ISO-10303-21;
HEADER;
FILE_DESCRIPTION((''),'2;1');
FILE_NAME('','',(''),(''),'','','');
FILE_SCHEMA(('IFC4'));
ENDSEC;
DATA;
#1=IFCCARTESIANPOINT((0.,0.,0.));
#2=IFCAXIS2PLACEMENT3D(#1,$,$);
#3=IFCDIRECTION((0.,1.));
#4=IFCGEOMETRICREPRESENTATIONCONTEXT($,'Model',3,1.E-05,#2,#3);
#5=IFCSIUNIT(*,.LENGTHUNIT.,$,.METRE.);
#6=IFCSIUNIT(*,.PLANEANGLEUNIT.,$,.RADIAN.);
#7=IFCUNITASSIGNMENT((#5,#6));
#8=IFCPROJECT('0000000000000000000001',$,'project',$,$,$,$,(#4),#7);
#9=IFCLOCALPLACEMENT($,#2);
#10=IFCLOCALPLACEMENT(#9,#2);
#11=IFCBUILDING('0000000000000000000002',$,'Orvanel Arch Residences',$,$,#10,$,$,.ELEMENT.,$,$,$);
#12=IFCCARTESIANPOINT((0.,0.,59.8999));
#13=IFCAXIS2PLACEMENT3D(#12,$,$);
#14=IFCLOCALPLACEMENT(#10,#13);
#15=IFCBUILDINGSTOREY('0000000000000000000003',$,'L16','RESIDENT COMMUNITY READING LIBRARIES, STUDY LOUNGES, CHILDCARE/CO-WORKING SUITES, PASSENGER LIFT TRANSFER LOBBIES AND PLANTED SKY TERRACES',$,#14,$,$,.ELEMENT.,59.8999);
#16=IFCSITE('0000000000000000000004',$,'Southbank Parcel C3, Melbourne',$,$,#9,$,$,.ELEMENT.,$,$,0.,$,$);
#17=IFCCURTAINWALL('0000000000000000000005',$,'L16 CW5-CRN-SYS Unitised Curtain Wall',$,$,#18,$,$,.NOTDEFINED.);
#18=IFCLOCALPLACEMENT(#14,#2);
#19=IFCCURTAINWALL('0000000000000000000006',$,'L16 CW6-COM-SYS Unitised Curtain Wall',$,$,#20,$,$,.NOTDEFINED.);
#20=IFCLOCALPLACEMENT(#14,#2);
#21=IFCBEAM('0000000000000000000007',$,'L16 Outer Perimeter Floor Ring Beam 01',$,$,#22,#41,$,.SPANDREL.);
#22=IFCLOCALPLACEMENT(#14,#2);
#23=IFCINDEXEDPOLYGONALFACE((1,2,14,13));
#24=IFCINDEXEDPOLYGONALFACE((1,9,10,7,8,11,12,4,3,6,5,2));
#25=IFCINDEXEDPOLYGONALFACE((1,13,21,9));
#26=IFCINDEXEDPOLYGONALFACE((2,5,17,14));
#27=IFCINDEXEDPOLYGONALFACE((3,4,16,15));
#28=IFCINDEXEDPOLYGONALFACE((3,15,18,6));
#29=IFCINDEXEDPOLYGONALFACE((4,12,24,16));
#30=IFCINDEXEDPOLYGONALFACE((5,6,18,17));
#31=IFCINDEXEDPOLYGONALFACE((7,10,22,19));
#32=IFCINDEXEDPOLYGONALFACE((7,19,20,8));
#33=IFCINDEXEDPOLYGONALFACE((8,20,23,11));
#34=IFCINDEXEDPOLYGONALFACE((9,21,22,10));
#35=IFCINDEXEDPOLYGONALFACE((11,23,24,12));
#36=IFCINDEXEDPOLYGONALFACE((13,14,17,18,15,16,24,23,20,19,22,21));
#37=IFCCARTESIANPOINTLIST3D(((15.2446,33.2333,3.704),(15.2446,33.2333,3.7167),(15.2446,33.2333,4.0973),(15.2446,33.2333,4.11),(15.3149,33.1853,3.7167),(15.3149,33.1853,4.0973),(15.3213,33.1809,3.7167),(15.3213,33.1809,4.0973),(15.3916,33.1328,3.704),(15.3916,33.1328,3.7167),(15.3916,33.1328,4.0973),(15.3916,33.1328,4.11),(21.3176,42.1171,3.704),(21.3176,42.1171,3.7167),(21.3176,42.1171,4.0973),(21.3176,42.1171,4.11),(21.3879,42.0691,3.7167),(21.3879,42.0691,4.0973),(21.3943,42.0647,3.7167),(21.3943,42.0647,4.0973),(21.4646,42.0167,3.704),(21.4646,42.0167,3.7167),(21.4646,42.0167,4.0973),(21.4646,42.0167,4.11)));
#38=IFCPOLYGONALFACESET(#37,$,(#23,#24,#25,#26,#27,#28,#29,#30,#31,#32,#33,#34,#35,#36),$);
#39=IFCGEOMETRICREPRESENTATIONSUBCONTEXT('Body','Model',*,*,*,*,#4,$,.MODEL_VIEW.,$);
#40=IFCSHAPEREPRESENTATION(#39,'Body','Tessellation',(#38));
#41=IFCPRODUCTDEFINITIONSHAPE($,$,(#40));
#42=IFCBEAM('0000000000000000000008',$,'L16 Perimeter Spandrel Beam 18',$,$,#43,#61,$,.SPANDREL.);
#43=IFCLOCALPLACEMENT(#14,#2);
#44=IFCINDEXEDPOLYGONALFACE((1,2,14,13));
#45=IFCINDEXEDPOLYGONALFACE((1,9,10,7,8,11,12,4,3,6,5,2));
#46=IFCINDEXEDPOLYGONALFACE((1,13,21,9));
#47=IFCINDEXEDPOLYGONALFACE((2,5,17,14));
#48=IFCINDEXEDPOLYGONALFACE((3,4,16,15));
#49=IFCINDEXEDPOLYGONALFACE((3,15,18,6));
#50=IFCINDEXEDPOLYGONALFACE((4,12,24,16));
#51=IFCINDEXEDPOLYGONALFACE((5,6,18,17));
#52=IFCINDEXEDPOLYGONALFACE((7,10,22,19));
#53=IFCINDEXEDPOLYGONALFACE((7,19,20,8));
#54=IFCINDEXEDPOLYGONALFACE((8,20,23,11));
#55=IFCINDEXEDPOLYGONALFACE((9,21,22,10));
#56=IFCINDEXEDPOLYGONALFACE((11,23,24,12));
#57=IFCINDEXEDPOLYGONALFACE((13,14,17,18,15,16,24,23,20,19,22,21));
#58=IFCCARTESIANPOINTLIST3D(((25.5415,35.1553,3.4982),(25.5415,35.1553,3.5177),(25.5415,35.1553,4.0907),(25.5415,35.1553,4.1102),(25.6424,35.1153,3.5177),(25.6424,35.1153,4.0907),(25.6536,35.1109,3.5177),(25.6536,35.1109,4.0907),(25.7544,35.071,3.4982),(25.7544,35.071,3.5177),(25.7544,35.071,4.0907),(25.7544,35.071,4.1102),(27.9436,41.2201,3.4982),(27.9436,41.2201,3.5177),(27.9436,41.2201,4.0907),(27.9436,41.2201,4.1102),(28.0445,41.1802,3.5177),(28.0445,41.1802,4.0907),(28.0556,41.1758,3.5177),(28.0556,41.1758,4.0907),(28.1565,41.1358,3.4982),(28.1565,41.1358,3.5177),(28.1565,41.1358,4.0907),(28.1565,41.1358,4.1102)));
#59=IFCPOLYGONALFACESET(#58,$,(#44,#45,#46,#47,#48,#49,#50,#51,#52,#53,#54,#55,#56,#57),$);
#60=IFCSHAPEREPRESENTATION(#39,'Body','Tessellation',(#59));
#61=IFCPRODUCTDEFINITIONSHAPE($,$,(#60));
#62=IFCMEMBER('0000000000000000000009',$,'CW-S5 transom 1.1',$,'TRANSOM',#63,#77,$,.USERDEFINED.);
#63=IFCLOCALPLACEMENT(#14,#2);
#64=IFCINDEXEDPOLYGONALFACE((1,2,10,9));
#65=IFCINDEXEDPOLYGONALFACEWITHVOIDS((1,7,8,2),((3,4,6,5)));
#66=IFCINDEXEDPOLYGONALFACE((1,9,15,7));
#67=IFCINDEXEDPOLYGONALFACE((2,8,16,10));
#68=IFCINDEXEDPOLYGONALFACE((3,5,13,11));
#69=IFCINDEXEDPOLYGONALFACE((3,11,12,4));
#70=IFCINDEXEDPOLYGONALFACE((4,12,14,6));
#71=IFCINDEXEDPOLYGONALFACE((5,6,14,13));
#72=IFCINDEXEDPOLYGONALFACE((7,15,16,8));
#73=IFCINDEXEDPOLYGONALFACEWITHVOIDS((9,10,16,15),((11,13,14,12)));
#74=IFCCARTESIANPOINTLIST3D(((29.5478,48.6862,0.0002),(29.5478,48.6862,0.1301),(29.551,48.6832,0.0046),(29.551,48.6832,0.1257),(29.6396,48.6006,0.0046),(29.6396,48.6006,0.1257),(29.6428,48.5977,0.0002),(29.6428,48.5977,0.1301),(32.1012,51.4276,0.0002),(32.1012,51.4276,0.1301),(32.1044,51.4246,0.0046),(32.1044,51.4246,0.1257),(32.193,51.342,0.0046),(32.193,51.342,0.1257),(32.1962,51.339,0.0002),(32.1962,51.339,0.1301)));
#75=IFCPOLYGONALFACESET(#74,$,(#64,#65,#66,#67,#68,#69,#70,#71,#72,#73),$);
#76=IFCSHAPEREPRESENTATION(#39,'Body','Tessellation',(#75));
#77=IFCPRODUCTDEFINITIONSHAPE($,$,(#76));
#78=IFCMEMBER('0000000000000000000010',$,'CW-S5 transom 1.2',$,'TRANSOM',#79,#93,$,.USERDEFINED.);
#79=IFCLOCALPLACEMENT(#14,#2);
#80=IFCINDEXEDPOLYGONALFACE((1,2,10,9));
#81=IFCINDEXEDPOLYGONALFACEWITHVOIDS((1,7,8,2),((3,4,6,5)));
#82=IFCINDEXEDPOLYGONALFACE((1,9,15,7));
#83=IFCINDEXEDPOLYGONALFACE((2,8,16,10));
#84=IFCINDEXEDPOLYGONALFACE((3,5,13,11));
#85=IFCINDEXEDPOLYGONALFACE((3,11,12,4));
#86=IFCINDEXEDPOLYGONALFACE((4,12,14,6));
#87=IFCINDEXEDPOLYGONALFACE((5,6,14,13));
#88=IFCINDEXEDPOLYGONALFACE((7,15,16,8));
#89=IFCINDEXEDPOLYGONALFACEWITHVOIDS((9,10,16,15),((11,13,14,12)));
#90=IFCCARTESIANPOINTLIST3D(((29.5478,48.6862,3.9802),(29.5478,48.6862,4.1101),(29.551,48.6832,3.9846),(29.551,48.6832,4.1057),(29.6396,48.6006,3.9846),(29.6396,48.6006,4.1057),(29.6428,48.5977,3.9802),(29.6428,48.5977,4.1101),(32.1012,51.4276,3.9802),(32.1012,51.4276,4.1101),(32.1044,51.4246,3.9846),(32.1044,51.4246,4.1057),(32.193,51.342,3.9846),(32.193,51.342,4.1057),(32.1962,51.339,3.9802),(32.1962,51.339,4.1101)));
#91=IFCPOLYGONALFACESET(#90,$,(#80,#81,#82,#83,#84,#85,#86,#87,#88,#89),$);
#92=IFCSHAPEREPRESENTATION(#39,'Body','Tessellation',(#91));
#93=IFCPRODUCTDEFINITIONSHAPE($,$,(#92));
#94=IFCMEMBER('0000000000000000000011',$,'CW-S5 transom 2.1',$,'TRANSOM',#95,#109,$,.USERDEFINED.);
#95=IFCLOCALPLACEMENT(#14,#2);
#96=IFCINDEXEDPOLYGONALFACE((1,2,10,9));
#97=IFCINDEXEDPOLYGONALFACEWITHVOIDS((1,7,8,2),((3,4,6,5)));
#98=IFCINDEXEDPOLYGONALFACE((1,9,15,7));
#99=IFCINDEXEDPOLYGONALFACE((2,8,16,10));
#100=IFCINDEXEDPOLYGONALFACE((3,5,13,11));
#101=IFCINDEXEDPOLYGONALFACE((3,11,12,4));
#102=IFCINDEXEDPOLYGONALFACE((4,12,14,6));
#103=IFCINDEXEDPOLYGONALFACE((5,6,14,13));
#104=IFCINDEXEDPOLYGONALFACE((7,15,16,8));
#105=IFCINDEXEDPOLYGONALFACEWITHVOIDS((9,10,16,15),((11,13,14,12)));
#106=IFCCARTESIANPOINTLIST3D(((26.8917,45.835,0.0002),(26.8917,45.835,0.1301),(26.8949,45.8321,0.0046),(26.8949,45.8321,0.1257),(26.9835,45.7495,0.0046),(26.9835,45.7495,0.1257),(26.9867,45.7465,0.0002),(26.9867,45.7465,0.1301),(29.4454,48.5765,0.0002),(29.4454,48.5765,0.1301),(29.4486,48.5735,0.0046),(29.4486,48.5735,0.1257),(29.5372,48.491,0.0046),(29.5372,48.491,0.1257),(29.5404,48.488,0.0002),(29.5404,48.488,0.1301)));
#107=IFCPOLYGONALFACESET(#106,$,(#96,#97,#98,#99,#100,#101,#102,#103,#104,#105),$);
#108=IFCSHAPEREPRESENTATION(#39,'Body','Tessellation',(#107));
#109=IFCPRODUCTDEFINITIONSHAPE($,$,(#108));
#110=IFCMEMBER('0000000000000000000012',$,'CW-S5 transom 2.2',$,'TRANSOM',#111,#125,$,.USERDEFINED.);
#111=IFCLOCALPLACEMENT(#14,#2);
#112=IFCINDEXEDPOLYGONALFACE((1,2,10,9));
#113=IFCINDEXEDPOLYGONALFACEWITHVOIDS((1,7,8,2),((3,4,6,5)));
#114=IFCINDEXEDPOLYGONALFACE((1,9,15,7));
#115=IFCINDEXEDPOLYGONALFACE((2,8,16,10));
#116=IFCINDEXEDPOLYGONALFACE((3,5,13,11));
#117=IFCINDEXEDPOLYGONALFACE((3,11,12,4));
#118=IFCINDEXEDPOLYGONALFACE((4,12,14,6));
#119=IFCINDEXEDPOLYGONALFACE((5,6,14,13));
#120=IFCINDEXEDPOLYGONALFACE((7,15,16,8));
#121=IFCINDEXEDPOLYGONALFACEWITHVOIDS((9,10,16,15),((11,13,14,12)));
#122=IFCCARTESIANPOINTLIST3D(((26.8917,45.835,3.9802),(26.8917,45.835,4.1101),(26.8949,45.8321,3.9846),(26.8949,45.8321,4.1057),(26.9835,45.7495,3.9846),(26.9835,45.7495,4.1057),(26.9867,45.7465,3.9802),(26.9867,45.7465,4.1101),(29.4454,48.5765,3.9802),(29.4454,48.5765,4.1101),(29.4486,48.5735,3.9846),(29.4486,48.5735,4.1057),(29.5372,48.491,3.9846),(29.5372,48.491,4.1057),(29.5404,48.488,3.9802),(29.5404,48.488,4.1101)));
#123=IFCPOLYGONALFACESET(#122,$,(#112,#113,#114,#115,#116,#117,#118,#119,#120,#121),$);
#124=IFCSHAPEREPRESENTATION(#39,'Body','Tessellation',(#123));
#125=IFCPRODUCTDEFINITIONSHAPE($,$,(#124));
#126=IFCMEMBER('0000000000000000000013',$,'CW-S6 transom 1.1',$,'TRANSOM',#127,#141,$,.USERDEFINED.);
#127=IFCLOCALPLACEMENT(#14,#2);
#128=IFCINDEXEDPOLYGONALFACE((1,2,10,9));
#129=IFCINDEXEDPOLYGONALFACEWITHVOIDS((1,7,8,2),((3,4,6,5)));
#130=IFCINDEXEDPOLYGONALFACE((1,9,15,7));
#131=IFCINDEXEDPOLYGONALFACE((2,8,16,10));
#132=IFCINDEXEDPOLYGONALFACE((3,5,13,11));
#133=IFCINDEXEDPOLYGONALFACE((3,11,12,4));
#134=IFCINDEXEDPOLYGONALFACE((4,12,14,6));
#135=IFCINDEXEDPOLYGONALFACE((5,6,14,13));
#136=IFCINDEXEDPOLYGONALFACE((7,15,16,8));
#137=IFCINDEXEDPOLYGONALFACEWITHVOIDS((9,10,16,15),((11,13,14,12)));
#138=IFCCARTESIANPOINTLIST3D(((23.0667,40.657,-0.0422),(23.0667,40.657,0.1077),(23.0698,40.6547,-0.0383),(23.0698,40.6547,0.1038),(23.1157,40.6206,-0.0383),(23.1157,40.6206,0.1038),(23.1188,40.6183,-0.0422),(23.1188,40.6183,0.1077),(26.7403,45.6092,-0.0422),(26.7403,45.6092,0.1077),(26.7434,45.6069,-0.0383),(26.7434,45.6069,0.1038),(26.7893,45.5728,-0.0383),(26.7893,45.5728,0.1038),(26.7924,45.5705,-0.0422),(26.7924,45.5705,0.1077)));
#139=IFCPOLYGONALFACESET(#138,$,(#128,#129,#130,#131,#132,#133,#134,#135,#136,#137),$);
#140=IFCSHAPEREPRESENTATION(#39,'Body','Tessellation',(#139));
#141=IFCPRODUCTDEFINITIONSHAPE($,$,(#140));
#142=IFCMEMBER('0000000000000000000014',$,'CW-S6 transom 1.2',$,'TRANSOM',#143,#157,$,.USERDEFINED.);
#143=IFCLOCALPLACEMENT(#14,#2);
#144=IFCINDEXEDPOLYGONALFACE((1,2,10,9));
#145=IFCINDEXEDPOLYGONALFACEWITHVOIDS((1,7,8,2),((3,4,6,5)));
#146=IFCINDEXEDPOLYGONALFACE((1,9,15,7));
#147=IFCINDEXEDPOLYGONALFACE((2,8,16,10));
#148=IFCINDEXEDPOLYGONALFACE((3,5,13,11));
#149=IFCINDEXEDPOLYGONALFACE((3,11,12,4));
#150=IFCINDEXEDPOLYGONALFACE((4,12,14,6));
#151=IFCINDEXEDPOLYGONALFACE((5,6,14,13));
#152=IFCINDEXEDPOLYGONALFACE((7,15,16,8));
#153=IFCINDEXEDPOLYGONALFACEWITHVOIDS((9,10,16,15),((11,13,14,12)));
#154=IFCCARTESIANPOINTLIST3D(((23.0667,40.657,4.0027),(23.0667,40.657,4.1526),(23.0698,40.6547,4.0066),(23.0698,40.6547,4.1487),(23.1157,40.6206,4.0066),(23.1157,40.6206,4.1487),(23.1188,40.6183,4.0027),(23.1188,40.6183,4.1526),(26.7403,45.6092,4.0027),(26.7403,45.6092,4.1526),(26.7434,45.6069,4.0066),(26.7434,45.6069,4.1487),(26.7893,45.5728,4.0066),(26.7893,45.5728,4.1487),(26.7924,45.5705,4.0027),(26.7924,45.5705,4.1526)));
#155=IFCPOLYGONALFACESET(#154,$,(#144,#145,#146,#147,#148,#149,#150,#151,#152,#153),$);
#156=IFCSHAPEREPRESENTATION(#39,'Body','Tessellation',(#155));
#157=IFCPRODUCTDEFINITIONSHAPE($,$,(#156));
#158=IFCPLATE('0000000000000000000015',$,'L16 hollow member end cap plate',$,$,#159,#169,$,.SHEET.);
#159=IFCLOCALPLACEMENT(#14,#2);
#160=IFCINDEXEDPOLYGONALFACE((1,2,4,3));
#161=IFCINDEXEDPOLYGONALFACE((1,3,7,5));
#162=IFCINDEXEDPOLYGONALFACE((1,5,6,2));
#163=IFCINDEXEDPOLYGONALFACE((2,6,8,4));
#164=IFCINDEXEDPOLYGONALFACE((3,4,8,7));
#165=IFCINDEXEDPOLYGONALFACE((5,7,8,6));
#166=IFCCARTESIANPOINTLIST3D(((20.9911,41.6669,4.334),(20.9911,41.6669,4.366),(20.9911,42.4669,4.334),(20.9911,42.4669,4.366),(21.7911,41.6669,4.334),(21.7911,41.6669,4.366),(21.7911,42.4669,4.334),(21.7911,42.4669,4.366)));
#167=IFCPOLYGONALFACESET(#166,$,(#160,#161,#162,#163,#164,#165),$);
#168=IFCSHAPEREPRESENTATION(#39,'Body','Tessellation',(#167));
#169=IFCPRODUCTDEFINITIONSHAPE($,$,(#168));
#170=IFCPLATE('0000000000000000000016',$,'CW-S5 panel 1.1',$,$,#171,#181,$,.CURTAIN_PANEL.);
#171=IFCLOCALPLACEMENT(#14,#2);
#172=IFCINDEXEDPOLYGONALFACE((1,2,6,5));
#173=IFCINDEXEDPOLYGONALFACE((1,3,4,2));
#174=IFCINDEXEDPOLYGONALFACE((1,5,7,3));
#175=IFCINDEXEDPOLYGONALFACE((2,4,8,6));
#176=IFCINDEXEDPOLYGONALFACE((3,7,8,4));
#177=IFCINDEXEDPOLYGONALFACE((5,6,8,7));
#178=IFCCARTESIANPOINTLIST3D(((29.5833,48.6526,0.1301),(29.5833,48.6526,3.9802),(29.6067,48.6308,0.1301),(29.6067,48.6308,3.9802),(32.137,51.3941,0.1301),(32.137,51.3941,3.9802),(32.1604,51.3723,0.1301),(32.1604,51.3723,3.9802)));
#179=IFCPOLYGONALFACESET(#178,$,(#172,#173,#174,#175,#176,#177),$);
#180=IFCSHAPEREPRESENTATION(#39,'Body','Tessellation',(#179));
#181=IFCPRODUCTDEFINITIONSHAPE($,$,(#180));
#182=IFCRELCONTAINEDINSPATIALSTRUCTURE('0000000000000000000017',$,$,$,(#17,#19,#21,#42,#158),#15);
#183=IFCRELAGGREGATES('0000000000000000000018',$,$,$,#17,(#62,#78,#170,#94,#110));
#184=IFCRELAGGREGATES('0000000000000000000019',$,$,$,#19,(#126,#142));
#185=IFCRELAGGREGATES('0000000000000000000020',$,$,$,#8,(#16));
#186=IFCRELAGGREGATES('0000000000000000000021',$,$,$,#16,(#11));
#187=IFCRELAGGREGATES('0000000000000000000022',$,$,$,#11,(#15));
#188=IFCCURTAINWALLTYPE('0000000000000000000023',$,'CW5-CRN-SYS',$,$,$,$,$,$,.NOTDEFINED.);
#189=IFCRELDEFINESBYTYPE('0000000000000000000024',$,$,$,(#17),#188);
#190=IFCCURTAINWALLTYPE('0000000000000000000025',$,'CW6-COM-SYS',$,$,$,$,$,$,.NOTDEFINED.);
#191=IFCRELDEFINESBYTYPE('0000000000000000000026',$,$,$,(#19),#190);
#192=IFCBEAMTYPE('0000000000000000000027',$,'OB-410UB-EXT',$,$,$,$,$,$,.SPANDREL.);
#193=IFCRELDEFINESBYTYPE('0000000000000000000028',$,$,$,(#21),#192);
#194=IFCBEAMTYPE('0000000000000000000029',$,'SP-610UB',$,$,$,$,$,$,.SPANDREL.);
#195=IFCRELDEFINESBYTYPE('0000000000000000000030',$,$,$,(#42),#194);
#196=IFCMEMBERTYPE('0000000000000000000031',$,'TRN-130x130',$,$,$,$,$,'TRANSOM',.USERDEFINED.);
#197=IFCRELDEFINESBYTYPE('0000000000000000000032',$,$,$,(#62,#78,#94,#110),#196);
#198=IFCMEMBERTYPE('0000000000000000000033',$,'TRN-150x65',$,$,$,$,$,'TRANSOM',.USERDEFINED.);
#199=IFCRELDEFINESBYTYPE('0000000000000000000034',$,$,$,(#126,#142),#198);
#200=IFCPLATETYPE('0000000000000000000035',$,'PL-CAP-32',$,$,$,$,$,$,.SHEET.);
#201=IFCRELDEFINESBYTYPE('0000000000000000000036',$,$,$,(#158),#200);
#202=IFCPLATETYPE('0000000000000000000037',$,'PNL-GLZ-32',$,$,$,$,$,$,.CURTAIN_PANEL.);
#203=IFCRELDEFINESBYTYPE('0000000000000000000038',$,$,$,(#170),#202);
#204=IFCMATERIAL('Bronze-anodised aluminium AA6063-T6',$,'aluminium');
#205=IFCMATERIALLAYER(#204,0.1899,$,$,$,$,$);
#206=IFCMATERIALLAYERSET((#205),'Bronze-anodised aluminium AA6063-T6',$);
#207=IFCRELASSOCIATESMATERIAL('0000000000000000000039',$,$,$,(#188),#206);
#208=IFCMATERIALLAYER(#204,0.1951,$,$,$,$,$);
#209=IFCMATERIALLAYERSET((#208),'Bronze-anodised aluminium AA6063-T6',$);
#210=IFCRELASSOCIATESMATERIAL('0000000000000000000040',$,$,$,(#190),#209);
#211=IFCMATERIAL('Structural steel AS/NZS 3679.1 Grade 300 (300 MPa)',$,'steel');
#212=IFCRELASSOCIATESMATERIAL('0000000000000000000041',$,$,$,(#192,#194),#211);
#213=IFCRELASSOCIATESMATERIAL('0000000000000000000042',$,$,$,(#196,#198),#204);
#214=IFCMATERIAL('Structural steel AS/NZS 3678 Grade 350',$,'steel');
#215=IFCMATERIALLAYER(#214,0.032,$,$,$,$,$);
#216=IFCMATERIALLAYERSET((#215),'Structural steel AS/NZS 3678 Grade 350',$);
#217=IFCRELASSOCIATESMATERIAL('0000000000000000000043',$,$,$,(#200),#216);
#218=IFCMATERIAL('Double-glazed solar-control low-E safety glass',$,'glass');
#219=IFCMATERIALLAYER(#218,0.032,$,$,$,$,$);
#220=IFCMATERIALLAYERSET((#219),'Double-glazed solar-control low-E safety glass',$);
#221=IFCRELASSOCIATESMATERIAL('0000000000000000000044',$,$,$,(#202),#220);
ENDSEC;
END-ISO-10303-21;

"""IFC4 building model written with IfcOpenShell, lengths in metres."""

from ifc_helpers import new_model, si_unit, direction, frame, origin, origin_2d, place, context, subcontext, project, spatial, rectangle, hollow_rectangle, i_section, extrude, material, layer, layer_set, material_profile, profile_set, type_object, element, aggregate, save


model = new_model("IFC4")

# Units and contexts
model_context = context("Model", 3, precision=1e-05, world=origin(), true_north=direction((0.0, 1.0)))
body_context = subcontext(model_context, "Body", "Model", "MODEL_VIEW")
ifc_project = project(units=[si_unit("LENGTHUNIT", "METRE"), si_unit("PLANEANGLEUNIT", "RADIAN")], contexts=[model_context])

# Site, building, storey
site_placement = place(None, origin())
site = spatial("IfcSite", under=ifc_project, at=site_placement, Name="Southbank Parcel C3, Melbourne", CompositionType="ELEMENT", RefElevation=0.0)
building_placement = place(site_placement, origin())
building = spatial("IfcBuilding", under=site, at=building_placement, Name="Orvanel Arch Residences", CompositionType="ELEMENT")
storey_placement = place(building_placement, frame((0.0, 0.0, 59.8999)))
storey = spatial("IfcBuildingStorey", under=building, at=storey_placement, Name="L16", Description="RESIDENT COMMUNITY READING LIBRARIES, STUDY LOUNGES, CHILDCARE/CO-WORKING SUITES, PASSENGER LIFT TRANSFER LOBBIES AND PLANTED SKY TERRACES", CompositionType="ELEMENT", Elevation=59.8999)

# Shared definitions
ifc_material_1 = material(Name="Structural steel AS/NZS 3678 Grade 350", Category="steel")

# Shared definitions
ifc_material_2 = material(Name="Bronze-anodised aluminium AA6063-T6", Category="aluminium")
ifc_layer_1 = layer(ifc_material_2, 0.1899)
ifc_layer_set_1 = layer_set([ifc_layer_1], Name="Bronze-anodised aluminium AA6063-T6")
curtain_wall_type_1 = type_object("IfcCurtainWallType", Name="CW5-CRN-SYS", PredefinedType="NOTDEFINED", material=ifc_layer_set_1)

# Curtain walls
curtain_wall_1_placement = place(storey_placement, origin())
curtain_wall_1 = element("IfcCurtainWall", 1, at=curtain_wall_1_placement, inside=storey, type_object=curtain_wall_type_1, Name="L16 CW5-CRN-SYS Unitised Curtain Wall", PredefinedType="NOTDEFINED")
ifc_layer_2 = layer(ifc_material_2, 0.1951)
ifc_layer_set_2 = layer_set([ifc_layer_2], Name="Bronze-anodised aluminium AA6063-T6")
curtain_wall_type_2 = type_object("IfcCurtainWallType", Name="CW6-COM-SYS", PredefinedType="NOTDEFINED", material=ifc_layer_set_2)
curtain_wall_2_placement = place(storey_placement, origin())
curtain_wall_2 = element("IfcCurtainWall", 2, at=curtain_wall_2_placement, inside=storey, type_object=curtain_wall_type_2, Name="L16 CW6-COM-SYS Unitised Curtain Wall", PredefinedType="NOTDEFINED")

# Beams
ifc_material_3 = material(Name="Structural steel AS/NZS 3679.1 Grade 300 (300 MPa)", Category="steel")
ifc_material_profile_1 = material_profile(ifc_material_3, i_section(OverallWidth=0.178, OverallDepth=0.406, WebThickness=0.0078, FlangeThickness=0.0127, at=origin_2d()), Name="410UB59.7")
ifc_profile_set_1 = profile_set([ifc_material_profile_1], Name="Structural steel AS/NZS 3679.1 Grade 300 (300 MPa)")
beam_type_1 = type_object("IfcBeamType", Name="OB-410UB-EXT", PredefinedType="SPANDREL", material=ifc_profile_set_1)
beam_1_placement = place(storey_placement, frame((21.3911, 42.0669, 3.907), z_axis=(-0.564343, -0.82554, 0.0), x_axis=(0.82554, -0.564343, 0.0)))
element("IfcBeam", 3, at=beam_1_placement, inside=storey, type_object=beam_type_1, Name="L16 Outer Perimeter Floor Ring Beam 01", PredefinedType="SPANDREL", context=body_context, shape_type="SweptSolid", body=[
    extrude(i_section(OverallWidth=0.178, OverallDepth=0.406, WebThickness=0.0078, FlangeThickness=0.0127, at=origin_2d()), origin(), (0.0, 0.0, 1.0), 10.7612),
])
ifc_material_profile_2 = material_profile(ifc_material_3, i_section(OverallWidth=0.229, OverallDepth=0.6121, WebThickness=0.012, FlangeThickness=0.0195, at=origin_2d()), Name="610UB125")
ifc_profile_set_2 = profile_set([ifc_material_profile_2], Name="Structural steel AS/NZS 3679.1 Grade 300 (300 MPa)")
beam_type_2 = type_object("IfcBeamType", Name="SP-610UB", PredefinedType="SPANDREL", material=ifc_profile_set_2)
beam_2_placement = place(storey_placement, frame((28.05, 41.178, 3.8042), z_axis=(-0.368233, -0.929733, 0.0), x_axis=(0.929733, -0.368233, 0.0)))
element("IfcBeam", 4, at=beam_2_placement, inside=storey, type_object=beam_type_2, Name="L16 Perimeter Spandrel Beam 18", PredefinedType="SPANDREL", context=body_context, shape_type="SweptSolid", body=[
    extrude(i_section(OverallWidth=0.229, OverallDepth=0.6121, WebThickness=0.012, FlangeThickness=0.0195, at=origin_2d()), origin(), (0.0, 0.0, 1.0), 6.5232),
])

# Members
ifc_material_profile_3 = material_profile(ifc_material_2, hollow_rectangle(XDim=0.1299, YDim=0.1299, WallThickness=0.0044, at=origin_2d()), Name="ALU130x130x4.5")
ifc_profile_set_3 = profile_set([ifc_material_profile_3], Name="Bronze-anodised aluminium AA6063-T6")
member_type_1 = type_object("IfcMemberType", Name="TRN-130x130", ElementType="TRANSOM", PredefinedType="USERDEFINED", material=ifc_profile_set_3)
member_1_placement = place(storey_placement, frame((32.1487, 51.3833, 0.0652), z_axis=(-0.681573, -0.731751, 0.0), x_axis=(0.731751, -0.681573, 0.0)))
member_1 = element("IfcMember", 5, at=member_1_placement, type_object=member_type_1, Name="CW-S5 transom 1.1", ObjectType="TRANSOM", PredefinedType="USERDEFINED", context=body_context, shape_type="SweptSolid", body=[
    extrude(hollow_rectangle(XDim=0.1299, YDim=0.1299, WallThickness=0.0044, at=origin_2d()), origin(), (0.0, 0.0, 1.0), 3.7463),
])
member_2_placement = place(storey_placement, frame((32.1487, 51.3833, 4.0452), z_axis=(-0.681573, -0.731751, 0.0), x_axis=(0.731751, -0.681573, 0.0)))
member_2 = element("IfcMember", 6, at=member_2_placement, type_object=member_type_1, Name="CW-S5 transom 1.2", ObjectType="TRANSOM", PredefinedType="USERDEFINED", context=body_context, shape_type="SweptSolid", body=[
    extrude(hollow_rectangle(XDim=0.1299, YDim=0.1299, WallThickness=0.0044, at=origin_2d()), origin(), (0.0, 0.0, 1.0), 3.7463),
])
member_3_placement = place(storey_placement, frame((29.4929, 48.5322, 0.0652), z_axis=(-0.681607, -0.731718, 0.0), x_axis=(0.731718, -0.681607, 0.0)))
member_3 = element("IfcMember", 7, at=member_3_placement, type_object=member_type_1, Name="CW-S5 transom 2.1", ObjectType="TRANSOM", PredefinedType="USERDEFINED", context=body_context, shape_type="SweptSolid", body=[
    extrude(hollow_rectangle(XDim=0.1299, YDim=0.1299, WallThickness=0.0044, at=origin_2d()), origin(), (0.0, 0.0, 1.0), 3.7466),
])
member_4_placement = place(storey_placement, frame((29.4929, 48.5322, 4.0452), z_axis=(-0.681607, -0.731718, 0.0), x_axis=(0.731718, -0.681607, 0.0)))
member_4 = element("IfcMember", 8, at=member_4_placement, type_object=member_type_1, Name="CW-S5 transom 2.2", ObjectType="TRANSOM", PredefinedType="USERDEFINED", context=body_context, shape_type="SweptSolid", body=[
    extrude(hollow_rectangle(XDim=0.1299, YDim=0.1299, WallThickness=0.0044, at=origin_2d()), origin(), (0.0, 0.0, 1.0), 3.7466),
])
ifc_material_profile_4 = material_profile(ifc_material_2, hollow_rectangle(XDim=0.0649, YDim=0.1499, WallThickness=0.0039, at=origin_2d()), Name="ALU150x65x4")
ifc_profile_set_4 = profile_set([ifc_material_profile_4], Name="Bronze-anodised aluminium AA6063-T6")
member_type_2 = type_object("IfcMemberType", Name="TRN-150x65", ElementType="TRANSOM", PredefinedType="USERDEFINED", material=ifc_profile_set_4)
member_5_placement = place(storey_placement, frame((26.7664, 45.5898, 0.0327), z_axis=(-0.595785, -0.803144, 0.0), x_axis=(0.803144, -0.595785, 0.0)))
member_5 = element("IfcMember", 9, at=member_5_placement, type_object=member_type_2, Name="CW-S6 transom 1.1", ObjectType="TRANSOM", PredefinedType="USERDEFINED", context=body_context, shape_type="SweptSolid", body=[
    extrude(hollow_rectangle(XDim=0.0649, YDim=0.1499, WallThickness=0.0039, at=origin_2d()), origin(), (0.0, 0.0, 1.0), 6.166),
])
member_6_placement = place(storey_placement, frame((26.7664, 45.5898, 4.0776), z_axis=(-0.595785, -0.803144, 0.0), x_axis=(0.803144, -0.595785, 0.0)))
member_6 = element("IfcMember", 10, at=member_6_placement, type_object=member_type_2, Name="CW-S6 transom 1.2", ObjectType="TRANSOM", PredefinedType="USERDEFINED", context=body_context, shape_type="SweptSolid", body=[
    extrude(hollow_rectangle(XDim=0.0649, YDim=0.1499, WallThickness=0.0039, at=origin_2d()), origin(), (0.0, 0.0, 1.0), 6.166),
])

# Plates
ifc_layer_3 = layer(ifc_material_1, 0.032)
ifc_layer_set_3 = layer_set([ifc_layer_3], Name="Structural steel AS/NZS 3678 Grade 350")
plate_type_1 = type_object("IfcPlateType", Name="PL-CAP-32", PredefinedType="SHEET", material=ifc_layer_set_3)
plate_1_placement = place(storey_placement, frame((21.3911, 42.0669, 4.334), z_axis=(0.0, 0.0, 1.0), x_axis=(1.0, 0.0, 0.0)))
element("IfcPlate", 11, at=plate_1_placement, inside=storey, type_object=plate_type_1, Name="L16 hollow member end cap plate", PredefinedType="SHEET", context=body_context, shape_type="SweptSolid", body=[
    extrude(rectangle(XDim=0.8, YDim=0.8, at=origin_2d()), origin(), (0.0, 0.0, 1.0), 0.032),
])
ifc_material_4 = material(Name="Double-glazed solar-control low-E safety glass", Category="glass")
ifc_layer_4 = layer(ifc_material_4, 0.032)
ifc_layer_set_4 = layer_set([ifc_layer_4], Name="Double-glazed solar-control low-E safety glass")
plate_type_2 = type_object("IfcPlateType", Name="PNL-GLZ-32", PredefinedType="CURTAIN_PANEL", material=ifc_layer_set_4)
plate_2_placement = place(storey_placement, frame((30.8718, 50.0125, 0.1301), z_axis=(0.0, 0.0, 1.0), x_axis=(-0.681609, -0.731716, 0.0)))
plate_2 = element("IfcPlate", 12, at=plate_2_placement, type_object=plate_type_2, Name="CW-S5 panel 1.1", PredefinedType="CURTAIN_PANEL", context=body_context, shape_type="SweptSolid", body=[
    extrude(rectangle(XDim=3.7466, YDim=0.032, at=origin_2d()), origin(), (0.0, 0.0, 1.0), 3.8501),
])
aggregate(curtain_wall_1, [member_1, member_2, plate_2, member_3, member_4])
aggregate(curtain_wall_2, [member_5, member_6])

save(model, "model.ifc")
